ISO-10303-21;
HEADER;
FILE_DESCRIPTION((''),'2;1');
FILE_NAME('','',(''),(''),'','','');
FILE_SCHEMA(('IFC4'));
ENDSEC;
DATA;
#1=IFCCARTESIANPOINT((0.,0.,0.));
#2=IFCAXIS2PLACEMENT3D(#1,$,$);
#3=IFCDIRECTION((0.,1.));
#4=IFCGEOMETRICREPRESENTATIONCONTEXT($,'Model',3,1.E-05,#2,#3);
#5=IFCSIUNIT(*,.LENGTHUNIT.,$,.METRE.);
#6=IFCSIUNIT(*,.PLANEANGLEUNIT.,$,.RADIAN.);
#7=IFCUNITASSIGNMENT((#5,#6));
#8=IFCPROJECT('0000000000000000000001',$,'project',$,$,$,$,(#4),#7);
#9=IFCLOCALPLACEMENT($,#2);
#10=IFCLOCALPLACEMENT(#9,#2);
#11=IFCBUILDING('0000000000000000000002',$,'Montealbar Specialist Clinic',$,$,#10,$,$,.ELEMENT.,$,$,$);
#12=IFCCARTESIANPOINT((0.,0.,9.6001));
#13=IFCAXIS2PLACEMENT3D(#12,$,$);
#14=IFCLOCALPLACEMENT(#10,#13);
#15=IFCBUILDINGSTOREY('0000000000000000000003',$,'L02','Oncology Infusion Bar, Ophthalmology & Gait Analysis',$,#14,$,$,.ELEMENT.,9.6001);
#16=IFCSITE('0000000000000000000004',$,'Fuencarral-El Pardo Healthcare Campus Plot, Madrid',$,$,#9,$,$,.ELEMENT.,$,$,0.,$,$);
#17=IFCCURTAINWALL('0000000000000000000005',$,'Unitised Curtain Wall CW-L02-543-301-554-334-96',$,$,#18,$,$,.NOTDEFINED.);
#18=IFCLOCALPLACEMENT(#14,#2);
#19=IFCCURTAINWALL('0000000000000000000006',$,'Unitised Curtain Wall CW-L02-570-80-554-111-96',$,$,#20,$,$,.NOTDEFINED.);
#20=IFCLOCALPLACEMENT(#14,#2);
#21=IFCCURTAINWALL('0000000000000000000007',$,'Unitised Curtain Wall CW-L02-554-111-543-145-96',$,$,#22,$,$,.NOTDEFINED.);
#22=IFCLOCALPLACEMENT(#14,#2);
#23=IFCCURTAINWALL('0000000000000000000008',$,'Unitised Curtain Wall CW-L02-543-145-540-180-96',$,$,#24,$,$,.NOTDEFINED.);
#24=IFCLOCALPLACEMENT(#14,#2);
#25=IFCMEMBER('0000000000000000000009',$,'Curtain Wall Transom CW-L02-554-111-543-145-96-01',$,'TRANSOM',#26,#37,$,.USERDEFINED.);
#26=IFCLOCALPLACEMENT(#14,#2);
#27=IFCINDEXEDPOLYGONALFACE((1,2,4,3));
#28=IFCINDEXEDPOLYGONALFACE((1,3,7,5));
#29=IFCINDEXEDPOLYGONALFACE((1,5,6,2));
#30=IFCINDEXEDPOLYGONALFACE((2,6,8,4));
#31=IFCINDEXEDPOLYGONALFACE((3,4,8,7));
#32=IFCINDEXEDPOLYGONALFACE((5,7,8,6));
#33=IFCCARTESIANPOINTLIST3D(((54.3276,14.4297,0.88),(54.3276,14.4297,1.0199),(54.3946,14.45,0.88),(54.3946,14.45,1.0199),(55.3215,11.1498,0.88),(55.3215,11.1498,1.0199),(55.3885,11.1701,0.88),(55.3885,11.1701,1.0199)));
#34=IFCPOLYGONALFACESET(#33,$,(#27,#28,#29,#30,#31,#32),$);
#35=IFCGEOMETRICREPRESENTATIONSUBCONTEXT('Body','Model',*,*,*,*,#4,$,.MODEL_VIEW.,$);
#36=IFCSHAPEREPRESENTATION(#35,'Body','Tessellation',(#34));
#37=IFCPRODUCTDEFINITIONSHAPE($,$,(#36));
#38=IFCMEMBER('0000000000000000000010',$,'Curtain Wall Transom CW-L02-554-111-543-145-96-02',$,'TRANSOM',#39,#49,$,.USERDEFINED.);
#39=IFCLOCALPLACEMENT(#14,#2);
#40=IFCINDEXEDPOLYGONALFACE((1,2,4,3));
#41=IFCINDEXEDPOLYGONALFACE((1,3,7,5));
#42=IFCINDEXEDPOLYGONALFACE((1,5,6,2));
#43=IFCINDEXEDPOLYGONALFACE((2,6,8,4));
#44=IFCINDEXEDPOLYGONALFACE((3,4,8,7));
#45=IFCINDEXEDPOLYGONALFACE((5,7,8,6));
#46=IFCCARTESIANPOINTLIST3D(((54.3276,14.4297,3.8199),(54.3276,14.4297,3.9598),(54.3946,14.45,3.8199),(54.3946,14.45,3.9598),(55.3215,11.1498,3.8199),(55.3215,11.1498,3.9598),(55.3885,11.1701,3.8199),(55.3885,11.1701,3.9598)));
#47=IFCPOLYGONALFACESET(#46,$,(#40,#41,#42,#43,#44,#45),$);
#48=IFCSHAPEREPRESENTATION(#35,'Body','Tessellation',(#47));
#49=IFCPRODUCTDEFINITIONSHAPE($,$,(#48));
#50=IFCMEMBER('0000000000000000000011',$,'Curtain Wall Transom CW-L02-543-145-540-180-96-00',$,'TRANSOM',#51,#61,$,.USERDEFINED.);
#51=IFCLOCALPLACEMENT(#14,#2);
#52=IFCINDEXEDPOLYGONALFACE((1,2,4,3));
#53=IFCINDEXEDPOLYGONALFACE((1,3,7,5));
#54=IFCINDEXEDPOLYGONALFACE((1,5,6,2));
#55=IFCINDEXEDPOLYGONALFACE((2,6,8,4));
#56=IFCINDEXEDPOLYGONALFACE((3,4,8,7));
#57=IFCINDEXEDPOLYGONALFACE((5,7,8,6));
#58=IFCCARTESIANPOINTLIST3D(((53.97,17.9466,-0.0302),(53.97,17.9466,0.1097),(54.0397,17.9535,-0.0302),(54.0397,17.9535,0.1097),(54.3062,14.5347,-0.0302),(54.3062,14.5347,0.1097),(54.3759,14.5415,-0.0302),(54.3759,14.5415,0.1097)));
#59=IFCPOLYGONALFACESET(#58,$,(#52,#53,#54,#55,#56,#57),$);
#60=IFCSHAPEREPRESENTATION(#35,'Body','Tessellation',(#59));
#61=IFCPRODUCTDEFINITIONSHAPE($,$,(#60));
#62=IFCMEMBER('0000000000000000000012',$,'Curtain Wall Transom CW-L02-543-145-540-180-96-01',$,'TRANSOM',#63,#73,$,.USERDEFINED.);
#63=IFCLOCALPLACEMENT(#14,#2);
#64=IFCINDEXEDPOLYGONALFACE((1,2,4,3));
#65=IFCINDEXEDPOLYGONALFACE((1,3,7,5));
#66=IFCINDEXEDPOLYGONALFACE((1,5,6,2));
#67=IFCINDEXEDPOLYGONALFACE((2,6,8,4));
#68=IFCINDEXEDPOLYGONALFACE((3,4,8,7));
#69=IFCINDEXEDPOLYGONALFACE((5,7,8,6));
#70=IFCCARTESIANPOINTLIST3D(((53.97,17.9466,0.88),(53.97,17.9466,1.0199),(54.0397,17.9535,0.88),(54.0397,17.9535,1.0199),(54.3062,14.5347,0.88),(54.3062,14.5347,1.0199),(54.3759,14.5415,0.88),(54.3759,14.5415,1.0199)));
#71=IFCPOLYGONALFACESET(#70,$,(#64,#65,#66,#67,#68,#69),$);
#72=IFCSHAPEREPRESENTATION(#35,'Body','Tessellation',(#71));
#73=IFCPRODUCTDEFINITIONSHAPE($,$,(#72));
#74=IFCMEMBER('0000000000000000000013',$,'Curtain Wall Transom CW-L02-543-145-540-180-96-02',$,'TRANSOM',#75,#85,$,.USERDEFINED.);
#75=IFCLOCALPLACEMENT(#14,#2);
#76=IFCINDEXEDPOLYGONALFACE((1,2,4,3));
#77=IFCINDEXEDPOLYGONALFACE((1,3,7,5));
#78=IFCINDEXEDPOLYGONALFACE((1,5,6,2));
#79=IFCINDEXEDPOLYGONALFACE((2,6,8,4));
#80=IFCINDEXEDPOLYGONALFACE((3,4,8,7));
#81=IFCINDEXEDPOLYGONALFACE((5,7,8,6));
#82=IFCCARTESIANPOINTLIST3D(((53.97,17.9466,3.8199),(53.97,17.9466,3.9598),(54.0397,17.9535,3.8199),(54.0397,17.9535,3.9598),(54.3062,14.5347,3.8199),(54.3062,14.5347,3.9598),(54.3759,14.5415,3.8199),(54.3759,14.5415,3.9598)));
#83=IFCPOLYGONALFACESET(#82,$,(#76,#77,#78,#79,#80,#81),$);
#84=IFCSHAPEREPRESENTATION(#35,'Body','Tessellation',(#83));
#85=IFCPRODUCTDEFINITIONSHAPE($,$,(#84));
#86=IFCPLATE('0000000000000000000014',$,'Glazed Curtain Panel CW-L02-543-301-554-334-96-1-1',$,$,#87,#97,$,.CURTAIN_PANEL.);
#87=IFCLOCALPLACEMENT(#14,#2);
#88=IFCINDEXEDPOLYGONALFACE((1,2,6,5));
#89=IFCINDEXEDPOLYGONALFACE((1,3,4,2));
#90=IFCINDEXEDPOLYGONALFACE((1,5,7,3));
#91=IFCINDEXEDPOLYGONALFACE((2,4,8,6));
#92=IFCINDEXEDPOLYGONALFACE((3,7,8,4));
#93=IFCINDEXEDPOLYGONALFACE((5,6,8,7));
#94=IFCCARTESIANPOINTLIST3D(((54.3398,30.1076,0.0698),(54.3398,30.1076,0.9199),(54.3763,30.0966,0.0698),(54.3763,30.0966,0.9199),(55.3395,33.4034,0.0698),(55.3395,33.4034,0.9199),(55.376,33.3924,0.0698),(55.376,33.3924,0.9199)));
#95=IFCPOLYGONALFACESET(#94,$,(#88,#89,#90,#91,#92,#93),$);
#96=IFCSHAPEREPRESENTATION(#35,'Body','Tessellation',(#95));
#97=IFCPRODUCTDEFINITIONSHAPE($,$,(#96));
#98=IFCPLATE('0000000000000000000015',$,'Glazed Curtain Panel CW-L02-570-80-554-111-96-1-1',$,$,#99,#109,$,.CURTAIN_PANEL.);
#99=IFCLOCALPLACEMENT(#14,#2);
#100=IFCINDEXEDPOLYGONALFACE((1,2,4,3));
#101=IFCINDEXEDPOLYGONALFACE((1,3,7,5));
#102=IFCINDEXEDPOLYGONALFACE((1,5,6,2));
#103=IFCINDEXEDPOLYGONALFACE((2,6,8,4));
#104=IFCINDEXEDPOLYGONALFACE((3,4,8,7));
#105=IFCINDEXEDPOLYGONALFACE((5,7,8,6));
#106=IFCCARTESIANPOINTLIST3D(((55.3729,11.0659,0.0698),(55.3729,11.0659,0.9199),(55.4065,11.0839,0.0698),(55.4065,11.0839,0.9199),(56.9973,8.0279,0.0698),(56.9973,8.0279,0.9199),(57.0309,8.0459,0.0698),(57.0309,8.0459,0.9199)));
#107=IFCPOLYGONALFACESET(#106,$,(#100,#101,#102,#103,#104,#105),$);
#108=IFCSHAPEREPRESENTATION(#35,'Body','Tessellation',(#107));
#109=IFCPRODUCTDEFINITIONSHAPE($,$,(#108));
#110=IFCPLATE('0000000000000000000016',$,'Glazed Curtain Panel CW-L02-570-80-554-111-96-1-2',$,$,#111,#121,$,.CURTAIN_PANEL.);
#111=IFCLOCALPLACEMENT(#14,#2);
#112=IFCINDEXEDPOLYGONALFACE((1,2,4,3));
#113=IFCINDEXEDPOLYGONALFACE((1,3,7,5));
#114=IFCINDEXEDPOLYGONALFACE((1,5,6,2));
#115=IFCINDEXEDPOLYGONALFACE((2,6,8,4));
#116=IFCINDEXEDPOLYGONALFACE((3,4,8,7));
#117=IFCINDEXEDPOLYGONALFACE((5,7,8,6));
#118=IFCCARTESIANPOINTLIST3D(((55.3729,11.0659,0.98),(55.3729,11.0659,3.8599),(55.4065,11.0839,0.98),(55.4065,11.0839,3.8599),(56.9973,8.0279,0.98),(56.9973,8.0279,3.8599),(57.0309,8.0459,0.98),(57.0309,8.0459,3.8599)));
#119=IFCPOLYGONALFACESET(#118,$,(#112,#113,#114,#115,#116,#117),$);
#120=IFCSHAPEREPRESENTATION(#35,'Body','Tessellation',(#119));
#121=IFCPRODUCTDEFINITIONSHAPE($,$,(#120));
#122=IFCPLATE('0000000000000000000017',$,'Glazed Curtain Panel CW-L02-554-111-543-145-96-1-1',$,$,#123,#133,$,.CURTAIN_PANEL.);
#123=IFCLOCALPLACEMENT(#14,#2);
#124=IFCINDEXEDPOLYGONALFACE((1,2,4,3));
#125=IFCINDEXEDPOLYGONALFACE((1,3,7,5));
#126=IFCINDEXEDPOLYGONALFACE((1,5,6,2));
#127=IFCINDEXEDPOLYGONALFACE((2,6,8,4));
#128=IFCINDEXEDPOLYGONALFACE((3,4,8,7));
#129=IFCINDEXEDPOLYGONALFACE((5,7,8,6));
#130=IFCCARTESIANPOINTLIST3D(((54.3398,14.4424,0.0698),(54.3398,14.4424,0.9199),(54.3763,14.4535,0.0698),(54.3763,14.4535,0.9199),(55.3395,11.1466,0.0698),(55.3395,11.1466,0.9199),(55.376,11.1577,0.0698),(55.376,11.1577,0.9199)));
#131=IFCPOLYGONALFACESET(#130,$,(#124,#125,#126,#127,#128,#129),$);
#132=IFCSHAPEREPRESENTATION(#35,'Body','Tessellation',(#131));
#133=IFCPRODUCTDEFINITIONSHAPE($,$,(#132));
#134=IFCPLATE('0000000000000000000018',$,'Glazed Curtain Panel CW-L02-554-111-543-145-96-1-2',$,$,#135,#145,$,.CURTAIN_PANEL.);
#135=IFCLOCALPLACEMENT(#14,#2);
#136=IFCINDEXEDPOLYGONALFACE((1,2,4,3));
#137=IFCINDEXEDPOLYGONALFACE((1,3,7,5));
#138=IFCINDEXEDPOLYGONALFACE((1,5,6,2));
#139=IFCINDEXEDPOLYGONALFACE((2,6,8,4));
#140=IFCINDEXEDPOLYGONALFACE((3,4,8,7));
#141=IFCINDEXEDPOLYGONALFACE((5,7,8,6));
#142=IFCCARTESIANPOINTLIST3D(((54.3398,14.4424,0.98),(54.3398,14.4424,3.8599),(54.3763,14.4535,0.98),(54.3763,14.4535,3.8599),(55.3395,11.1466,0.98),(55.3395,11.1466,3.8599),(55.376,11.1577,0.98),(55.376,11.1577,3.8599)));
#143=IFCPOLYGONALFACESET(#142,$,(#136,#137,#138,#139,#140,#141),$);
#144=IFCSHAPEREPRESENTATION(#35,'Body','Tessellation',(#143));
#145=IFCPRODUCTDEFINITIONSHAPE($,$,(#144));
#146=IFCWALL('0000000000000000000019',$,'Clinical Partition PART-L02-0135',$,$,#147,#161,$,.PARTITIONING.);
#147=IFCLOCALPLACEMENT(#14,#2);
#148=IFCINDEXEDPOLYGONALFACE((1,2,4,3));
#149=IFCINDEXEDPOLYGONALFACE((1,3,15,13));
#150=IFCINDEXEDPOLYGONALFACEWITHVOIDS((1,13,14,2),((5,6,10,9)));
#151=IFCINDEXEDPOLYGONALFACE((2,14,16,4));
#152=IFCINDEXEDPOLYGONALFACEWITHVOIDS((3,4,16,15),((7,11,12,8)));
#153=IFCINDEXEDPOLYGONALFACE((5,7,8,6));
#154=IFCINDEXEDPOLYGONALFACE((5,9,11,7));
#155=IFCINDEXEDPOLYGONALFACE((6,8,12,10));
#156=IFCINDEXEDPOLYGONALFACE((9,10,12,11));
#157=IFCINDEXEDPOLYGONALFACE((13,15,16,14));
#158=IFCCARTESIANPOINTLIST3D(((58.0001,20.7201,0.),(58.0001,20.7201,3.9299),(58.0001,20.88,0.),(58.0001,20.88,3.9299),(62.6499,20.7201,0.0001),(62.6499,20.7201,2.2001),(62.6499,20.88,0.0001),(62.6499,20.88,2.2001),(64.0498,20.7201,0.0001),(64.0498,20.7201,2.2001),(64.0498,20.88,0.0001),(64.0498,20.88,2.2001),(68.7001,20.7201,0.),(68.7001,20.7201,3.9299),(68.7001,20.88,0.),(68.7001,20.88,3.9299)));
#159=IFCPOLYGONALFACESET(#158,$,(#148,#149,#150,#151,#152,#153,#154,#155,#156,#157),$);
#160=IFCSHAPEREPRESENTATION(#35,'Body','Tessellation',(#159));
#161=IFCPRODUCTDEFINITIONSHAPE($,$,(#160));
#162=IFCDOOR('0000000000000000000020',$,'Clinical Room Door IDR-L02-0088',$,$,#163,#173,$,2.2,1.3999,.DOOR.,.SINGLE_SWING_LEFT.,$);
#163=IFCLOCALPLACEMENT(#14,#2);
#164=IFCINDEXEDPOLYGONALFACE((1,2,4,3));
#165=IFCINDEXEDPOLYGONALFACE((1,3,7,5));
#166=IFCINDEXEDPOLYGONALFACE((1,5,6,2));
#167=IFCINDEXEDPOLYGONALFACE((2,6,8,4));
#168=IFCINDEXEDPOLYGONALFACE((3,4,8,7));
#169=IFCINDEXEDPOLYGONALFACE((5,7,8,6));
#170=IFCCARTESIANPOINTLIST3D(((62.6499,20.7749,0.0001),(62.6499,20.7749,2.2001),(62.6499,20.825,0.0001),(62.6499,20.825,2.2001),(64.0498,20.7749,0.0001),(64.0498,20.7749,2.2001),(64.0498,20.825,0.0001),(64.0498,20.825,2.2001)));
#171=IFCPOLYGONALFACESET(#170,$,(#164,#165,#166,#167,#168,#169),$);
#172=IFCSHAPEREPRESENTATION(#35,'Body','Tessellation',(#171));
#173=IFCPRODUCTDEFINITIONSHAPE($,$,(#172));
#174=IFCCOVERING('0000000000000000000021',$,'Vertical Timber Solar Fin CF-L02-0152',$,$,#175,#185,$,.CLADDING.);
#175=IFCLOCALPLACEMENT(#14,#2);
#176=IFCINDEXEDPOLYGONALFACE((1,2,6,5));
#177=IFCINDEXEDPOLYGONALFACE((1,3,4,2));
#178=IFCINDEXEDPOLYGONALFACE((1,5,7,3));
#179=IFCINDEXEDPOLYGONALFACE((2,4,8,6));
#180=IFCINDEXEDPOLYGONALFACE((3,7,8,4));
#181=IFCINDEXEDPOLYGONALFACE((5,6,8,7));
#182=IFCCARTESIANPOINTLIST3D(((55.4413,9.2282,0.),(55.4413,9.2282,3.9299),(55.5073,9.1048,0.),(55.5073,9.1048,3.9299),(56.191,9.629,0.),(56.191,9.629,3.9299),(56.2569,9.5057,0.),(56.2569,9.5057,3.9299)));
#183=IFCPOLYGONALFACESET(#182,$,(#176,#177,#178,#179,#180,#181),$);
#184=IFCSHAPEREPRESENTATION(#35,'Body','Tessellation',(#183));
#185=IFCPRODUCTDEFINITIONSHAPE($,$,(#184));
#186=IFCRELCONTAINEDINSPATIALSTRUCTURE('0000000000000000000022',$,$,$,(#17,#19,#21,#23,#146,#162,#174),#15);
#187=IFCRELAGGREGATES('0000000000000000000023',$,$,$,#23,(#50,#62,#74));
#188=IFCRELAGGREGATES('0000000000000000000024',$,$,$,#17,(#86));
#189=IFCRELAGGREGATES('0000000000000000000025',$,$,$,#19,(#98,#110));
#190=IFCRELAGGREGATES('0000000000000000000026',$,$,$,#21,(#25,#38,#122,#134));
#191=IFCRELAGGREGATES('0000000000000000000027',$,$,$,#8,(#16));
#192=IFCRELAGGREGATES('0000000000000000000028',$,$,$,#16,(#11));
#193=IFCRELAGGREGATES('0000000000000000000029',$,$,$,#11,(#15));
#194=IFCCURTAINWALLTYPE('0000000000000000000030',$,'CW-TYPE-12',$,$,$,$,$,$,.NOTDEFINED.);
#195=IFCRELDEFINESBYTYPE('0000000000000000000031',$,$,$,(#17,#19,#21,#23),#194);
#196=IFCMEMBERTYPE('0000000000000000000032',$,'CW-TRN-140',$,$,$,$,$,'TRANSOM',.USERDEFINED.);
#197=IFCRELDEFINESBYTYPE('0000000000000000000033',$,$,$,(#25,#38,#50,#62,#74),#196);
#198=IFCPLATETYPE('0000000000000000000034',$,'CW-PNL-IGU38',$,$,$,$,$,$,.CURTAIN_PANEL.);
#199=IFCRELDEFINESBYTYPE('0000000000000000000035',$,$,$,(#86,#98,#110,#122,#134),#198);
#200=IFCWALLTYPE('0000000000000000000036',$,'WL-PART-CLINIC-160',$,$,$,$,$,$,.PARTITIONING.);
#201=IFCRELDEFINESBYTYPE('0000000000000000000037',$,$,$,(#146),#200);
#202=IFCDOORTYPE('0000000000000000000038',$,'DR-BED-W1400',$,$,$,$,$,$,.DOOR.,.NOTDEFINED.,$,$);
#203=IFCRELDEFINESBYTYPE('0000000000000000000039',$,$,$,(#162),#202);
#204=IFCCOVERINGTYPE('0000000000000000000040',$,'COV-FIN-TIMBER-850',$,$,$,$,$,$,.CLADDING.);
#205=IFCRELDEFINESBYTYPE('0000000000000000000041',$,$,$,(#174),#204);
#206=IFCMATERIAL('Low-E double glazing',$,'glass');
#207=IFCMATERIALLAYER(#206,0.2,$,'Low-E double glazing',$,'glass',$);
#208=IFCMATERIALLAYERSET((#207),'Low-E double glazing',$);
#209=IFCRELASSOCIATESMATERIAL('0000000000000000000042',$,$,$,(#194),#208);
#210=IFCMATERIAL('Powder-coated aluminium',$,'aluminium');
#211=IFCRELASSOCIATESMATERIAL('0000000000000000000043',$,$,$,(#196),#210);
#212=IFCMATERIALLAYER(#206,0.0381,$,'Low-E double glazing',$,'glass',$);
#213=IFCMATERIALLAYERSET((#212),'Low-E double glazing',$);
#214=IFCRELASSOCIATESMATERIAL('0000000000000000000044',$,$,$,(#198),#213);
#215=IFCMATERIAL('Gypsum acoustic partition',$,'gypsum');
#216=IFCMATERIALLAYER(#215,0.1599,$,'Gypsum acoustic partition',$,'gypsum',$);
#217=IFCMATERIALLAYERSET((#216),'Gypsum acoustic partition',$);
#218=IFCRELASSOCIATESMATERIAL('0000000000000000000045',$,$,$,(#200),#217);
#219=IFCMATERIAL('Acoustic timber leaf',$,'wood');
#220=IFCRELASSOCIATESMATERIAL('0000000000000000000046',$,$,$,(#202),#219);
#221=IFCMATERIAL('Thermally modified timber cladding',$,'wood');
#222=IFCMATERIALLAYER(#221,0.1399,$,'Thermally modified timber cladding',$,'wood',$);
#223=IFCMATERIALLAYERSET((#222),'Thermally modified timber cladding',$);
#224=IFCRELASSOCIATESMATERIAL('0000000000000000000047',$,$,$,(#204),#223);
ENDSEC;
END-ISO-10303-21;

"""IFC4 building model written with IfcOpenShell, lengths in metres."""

from ifc_helpers import new_model, si_unit, direction, frame, frame_2d, origin, origin_2d, place, context, subcontext, project, spatial, rectangle, extrude, material, layer, layer_set, material_profile, profile_set, type_object, element, fill, aggregate, save


model = new_model("IFC4")

# Units and contexts
model_context = context("Model", 3, precision=1e-05, world=origin(), true_north=direction((0.0, 1.0)))
body_context = subcontext(model_context, "Body", "Model", "MODEL_VIEW")
ifc_project = project(units=[si_unit("LENGTHUNIT", "METRE"), si_unit("PLANEANGLEUNIT", "RADIAN")], contexts=[model_context])

# Site, building, storey
site_placement = place(None, origin())
site = spatial("IfcSite", under=ifc_project, at=site_placement, Name="Fuencarral-El Pardo Healthcare Campus Plot, Madrid", CompositionType="ELEMENT", RefElevation=0.0)
building_placement = place(site_placement, origin())
building = spatial("IfcBuilding", under=site, at=building_placement, Name="Montealbar Specialist Clinic", CompositionType="ELEMENT")
storey_placement = place(building_placement, frame((0.0, 0.0, 9.6001)))
storey = spatial("IfcBuildingStorey", under=building, at=storey_placement, Name="L02", Description="Oncology Infusion Bar, Ophthalmology & Gait Analysis", CompositionType="ELEMENT", Elevation=9.6001)

# Curtain walls
ifc_material_1 = material(Name="Low-E double glazing", Category="glass")
ifc_layer_1 = layer(ifc_material_1, 0.2, Name="Low-E double glazing", Category="glass")
ifc_layer_set_1 = layer_set([ifc_layer_1], Name="Low-E double glazing")
curtain_wall_type_1 = type_object("IfcCurtainWallType", Name="CW-TYPE-12", PredefinedType="NOTDEFINED", material=ifc_layer_set_1)
curtain_wall_1_placement = place(storey_placement, origin())
curtain_wall_1 = element("IfcCurtainWall", 1, at=curtain_wall_1_placement, inside=storey, type_object=curtain_wall_type_1, Name="Unitised Curtain Wall CW-L02-543-301-554-334-96", PredefinedType="NOTDEFINED")
curtain_wall_2_placement = place(storey_placement, origin())
curtain_wall_2 = element("IfcCurtainWall", 2, at=curtain_wall_2_placement, inside=storey, type_object=curtain_wall_type_1, Name="Unitised Curtain Wall CW-L02-570-80-554-111-96", PredefinedType="NOTDEFINED")

# Curtain wall
curtain_wall_3_placement = place(storey_placement, origin())
curtain_wall_3 = element("IfcCurtainWall", 3, at=curtain_wall_3_placement, inside=storey, type_object=curtain_wall_type_1, Name="Unitised Curtain Wall CW-L02-554-111-543-145-96", PredefinedType="NOTDEFINED")

# Curtain wall
curtain_wall_4_placement = place(storey_placement, origin())
curtain_wall_4 = element("IfcCurtainWall", 4, at=curtain_wall_4_placement, inside=storey, type_object=curtain_wall_type_1, Name="Unitised Curtain Wall CW-L02-543-145-540-180-96", PredefinedType="NOTDEFINED")

# Members
ifc_material_2 = material(Name="Powder-coated aluminium", Category="aluminium")
ifc_material_profile_1 = material_profile(ifc_material_2, rectangle(XDim=0.0701, YDim=0.1399, at=origin_2d()), Name="ALU 70x140", Category="aluminium")
ifc_profile_set_1 = profile_set([ifc_material_profile_1], Name="Powder-coated aluminium")
member_type_1 = type_object("IfcMemberType", Name="CW-TRN-140", ElementType="TRANSOM", PredefinedType="USERDEFINED", material=ifc_profile_set_1)
member_1_placement = place(storey_placement, frame((55.355, 11.1599, 0.95), z_axis=(-0.289994, 0.957029, 0.0), x_axis=(-0.957029, -0.289994, 0.0)))
member_1 = element("IfcMember", 5, at=member_1_placement, type_object=member_type_1, Name="Curtain Wall Transom CW-L02-554-111-543-145-96-01", ObjectType="TRANSOM", PredefinedType="USERDEFINED", context=body_context, shape_type="SweptSolid", body=[
    extrude(rectangle(XDim=0.0701, YDim=0.1399, at=origin_2d()), origin(), (0.0, 0.0, 1.0), 3.4272),
])
member_2_placement = place(storey_placement, frame((55.355, 11.1599, 3.8899), z_axis=(-0.289994, 0.957029, 0.0), x_axis=(-0.957029, -0.289994, 0.0)))
member_2 = element("IfcMember", 6, at=member_2_placement, type_object=member_type_1, Name="Curtain Wall Transom CW-L02-554-111-543-145-96-02", ObjectType="TRANSOM", PredefinedType="USERDEFINED", context=body_context, shape_type="SweptSolid", body=[
    extrude(rectangle(XDim=0.0701, YDim=0.1399, at=origin_2d()), origin(), (0.0, 0.0, 1.0), 3.4272),
])
member_3_placement = place(storey_placement, frame((54.3411, 14.5381, 0.0398), z_axis=(-0.098058, 0.995181, 0.0), x_axis=(-0.995181, -0.098058, 0.0)))
member_3 = element("IfcMember", 7, at=member_3_placement, type_object=member_type_1, Name="Curtain Wall Transom CW-L02-543-145-540-180-96-00", ObjectType="TRANSOM", PredefinedType="USERDEFINED", context=body_context, shape_type="SweptSolid", body=[
    extrude(rectangle(XDim=0.0701, YDim=0.1399, at=origin_2d()), origin(), (0.0, 0.0, 1.0), 3.4285),
])
member_4_placement = place(storey_placement, frame((54.3411, 14.5381, 0.95), z_axis=(-0.098058, 0.995181, 0.0), x_axis=(-0.995181, -0.098058, 0.0)))
member_4 = element("IfcMember", 8, at=member_4_placement, type_object=member_type_1, Name="Curtain Wall Transom CW-L02-543-145-540-180-96-01", ObjectType="TRANSOM", PredefinedType="USERDEFINED", context=body_context, shape_type="SweptSolid", body=[
    extrude(rectangle(XDim=0.0701, YDim=0.1399, at=origin_2d()), origin(), (0.0, 0.0, 1.0), 3.4285),
])
member_5_placement = place(storey_placement, frame((54.3411, 14.5381, 3.8899), z_axis=(-0.098058, 0.995181, 0.0), x_axis=(-0.995181, -0.098058, 0.0)))
member_5 = element("IfcMember", 9, at=member_5_placement, type_object=member_type_1, Name="Curtain Wall Transom CW-L02-543-145-540-180-96-02", ObjectType="TRANSOM", PredefinedType="USERDEFINED", context=body_context, shape_type="SweptSolid", body=[
    extrude(rectangle(XDim=0.0701, YDim=0.1399, at=origin_2d()), origin(), (0.0, 0.0, 1.0), 3.4285),
])
aggregate(curtain_wall_4, [member_3, member_4, member_5])

# Plates
ifc_layer_2 = layer(ifc_material_1, 0.0381, Name="Low-E double glazing", Category="glass")
ifc_layer_set_2 = layer_set([ifc_layer_2], Name="Low-E double glazing")
plate_type = type_object("IfcPlateType", Name="CW-PNL-IGU38", PredefinedType="CURTAIN_PANEL", material=ifc_layer_set_2)
plate_1_placement = place(storey_placement, frame((54.8579, 31.75, 0.0698), z_axis=(0.0, 0.0, 1.0), x_axis=(0.290259, 0.956948, 0.0)))
plate_1 = element("IfcPlate", 10, at=plate_1_placement, type_object=plate_type, Name="Glazed Curtain Panel CW-L02-543-301-554-334-96-1-1", PredefinedType="CURTAIN_PANEL", context=body_context, shape_type="SweptSolid", body=[
    extrude(rectangle(XDim=3.4441, YDim=0.0381, at=origin_2d()), origin(), (0.0, 0.0, 1.0), 0.8501),
])
aggregate(curtain_wall_1, [plate_1])
plate_2_placement = place(storey_placement, frame((56.2019, 9.5559, 0.0698), z_axis=(0.0, 0.0, 1.0), x_axis=(-0.471529, 0.88185, 0.0)))
plate_2 = element("IfcPlate", 11, at=plate_2_placement, type_object=plate_type, Name="Glazed Curtain Panel CW-L02-570-80-554-111-96-1-1", PredefinedType="CURTAIN_PANEL", context=body_context, shape_type="SweptSolid", body=[
    extrude(rectangle(XDim=3.4451, YDim=0.0381, at=origin_2d()), origin(), (0.0, 0.0, 1.0), 0.8501),
])
plate_3_placement = place(storey_placement, frame((56.2019, 9.5559, 0.98), z_axis=(0.0, 0.0, 1.0), x_axis=(-0.471529, 0.88185, 0.0)))
plate_3 = element("IfcPlate", 12, at=plate_3_placement, type_object=plate_type, Name="Glazed Curtain Panel CW-L02-570-80-554-111-96-1-2", PredefinedType="CURTAIN_PANEL", context=body_context, shape_type="SweptSolid", body=[
    extrude(rectangle(XDim=3.4451, YDim=0.0381, at=origin_2d()), origin(), (0.0, 0.0, 1.0), 2.8799),
])
aggregate(curtain_wall_2, [plate_2, plate_3])
plate_4_placement = place(storey_placement, frame((54.8579, 12.8, 0.0698), z_axis=(0.0, 0.0, 1.0), x_axis=(-0.290259, 0.956948, 0.0)))
plate_4 = element("IfcPlate", 13, at=plate_4_placement, type_object=plate_type, Name="Glazed Curtain Panel CW-L02-554-111-543-145-96-1-1", PredefinedType="CURTAIN_PANEL", context=body_context, shape_type="SweptSolid", body=[
    extrude(rectangle(XDim=3.4441, YDim=0.0381, at=origin_2d()), origin(), (0.0, 0.0, 1.0), 0.8501),
])
plate_5_placement = place(storey_placement, frame((54.8579, 12.8, 0.98), z_axis=(0.0, 0.0, 1.0), x_axis=(-0.290259, 0.956948, 0.0)))
plate_5 = element("IfcPlate", 14, at=plate_5_placement, type_object=plate_type, Name="Glazed Curtain Panel CW-L02-554-111-543-145-96-1-2", PredefinedType="CURTAIN_PANEL", context=body_context, shape_type="SweptSolid", body=[
    extrude(rectangle(XDim=3.4441, YDim=0.0381, at=origin_2d()), origin(), (0.0, 0.0, 1.0), 2.8799),
])
aggregate(curtain_wall_3, [member_1, member_2, plate_4, plate_5])

# Wall, opening, door
ifc_material_3 = material(Name="Gypsum acoustic partition", Category="gypsum")
ifc_layer_3 = layer(ifc_material_3, 0.1599, Name="Gypsum acoustic partition", Category="gypsum")
ifc_layer_set_3 = layer_set([ifc_layer_3], Name="Gypsum acoustic partition")
wall_type = type_object("IfcWallType", Name="WL-PART-CLINIC-160", PredefinedType="PARTITIONING", material=ifc_layer_set_3)
wall_placement = place(storey_placement, frame((58.0, 20.8, 0.0), z_axis=(0.0, 0.0, 1.0), x_axis=(1.0, 0.0, 0.0)))
wall = element("IfcWall", 15, at=wall_placement, inside=storey, type_object=wall_type, Name="Clinical Partition PART-L02-0135", PredefinedType="PARTITIONING", context=body_context, shape_type="SweptSolid", body=[
    extrude(rectangle(XDim=10.7, YDim=0.1599, at=frame_2d((5.3501, 0.0))), origin(), (0.0, 0.0, 1.0), 3.9299),
])
opening_placement = place(wall_placement, frame((4.6499, 0.0, 0.0)))
opening = element("IfcOpeningElement", 16, at=opening_placement, cuts=wall, PredefinedType="OPENING", context=body_context, shape_type="SweptSolid", body=[
    extrude(rectangle(XDim=1.3999, YDim=2.2, at=frame_2d((0.7, 1.1001))), frame((0.0, 0.0898, 0.0), z_axis=(0.0, -1.0, 0.0), x_axis=(1.0, 0.0, 0.0)), (0.0, 0.0, 1.0), 0.1799),
])
ifc_material_4 = material(Name="Acoustic timber leaf", Category="wood")
door_type = type_object("IfcDoorType", Name="DR-BED-W1400", OperationType="NOTDEFINED", PredefinedType="DOOR", material=ifc_material_4)
door_placement = place(opening_placement, origin())
door = element("IfcDoor", 17, at=door_placement, inside=storey, type_object=door_type, Name="Clinical Room Door IDR-L02-0088", OperationType="SINGLE_SWING_LEFT", OverallHeight=2.2, OverallWidth=1.3999, PredefinedType="DOOR", context=body_context, shape_type="SweptSolid", body=[
    extrude(rectangle(XDim=1.3999, YDim=2.2, at=frame_2d((0.7, 1.1001))), frame((0.0, 0.0249, 0.0), z_axis=(0.0, -1.0, 0.0), x_axis=(1.0, 0.0, 0.0)), (0.0, 0.0, 1.0), 0.05),
])
fill(opening, door)

# Covering
ifc_material_5 = material(Name="Thermally modified timber cladding", Category="wood")
ifc_layer_4 = layer(ifc_material_5, 0.1399, Name="Thermally modified timber cladding", Category="wood")
ifc_layer_set_4 = layer_set([ifc_layer_4], Name="Thermally modified timber cladding")
covering_type = type_object("IfcCoveringType", Name="COV-FIN-TIMBER-850", PredefinedType="CLADDING", material=ifc_layer_set_4)
for number, where, z_axis, x_axis, name in (
    (18, (55.8491, 9.3669, 0.0), (0.0, 0.0, 1.0), (-0.88185, -0.471529, 0.0), "Vertical Timber Solar Fin CF-L02-0152"),
):
    element("IfcCovering", number, at=place(storey_placement, frame(where, z_axis=z_axis, x_axis=x_axis)), inside=storey, type_object=covering_type, Name=name, PredefinedType="CLADDING", context=body_context, shape_type="SweptSolid", body=[
        extrude(rectangle(XDim=0.8501, YDim=0.1399, at=origin_2d()), origin(), (0.0, 0.0, 1.0), 3.9299),
    ])

save(model, "model.ifc")
